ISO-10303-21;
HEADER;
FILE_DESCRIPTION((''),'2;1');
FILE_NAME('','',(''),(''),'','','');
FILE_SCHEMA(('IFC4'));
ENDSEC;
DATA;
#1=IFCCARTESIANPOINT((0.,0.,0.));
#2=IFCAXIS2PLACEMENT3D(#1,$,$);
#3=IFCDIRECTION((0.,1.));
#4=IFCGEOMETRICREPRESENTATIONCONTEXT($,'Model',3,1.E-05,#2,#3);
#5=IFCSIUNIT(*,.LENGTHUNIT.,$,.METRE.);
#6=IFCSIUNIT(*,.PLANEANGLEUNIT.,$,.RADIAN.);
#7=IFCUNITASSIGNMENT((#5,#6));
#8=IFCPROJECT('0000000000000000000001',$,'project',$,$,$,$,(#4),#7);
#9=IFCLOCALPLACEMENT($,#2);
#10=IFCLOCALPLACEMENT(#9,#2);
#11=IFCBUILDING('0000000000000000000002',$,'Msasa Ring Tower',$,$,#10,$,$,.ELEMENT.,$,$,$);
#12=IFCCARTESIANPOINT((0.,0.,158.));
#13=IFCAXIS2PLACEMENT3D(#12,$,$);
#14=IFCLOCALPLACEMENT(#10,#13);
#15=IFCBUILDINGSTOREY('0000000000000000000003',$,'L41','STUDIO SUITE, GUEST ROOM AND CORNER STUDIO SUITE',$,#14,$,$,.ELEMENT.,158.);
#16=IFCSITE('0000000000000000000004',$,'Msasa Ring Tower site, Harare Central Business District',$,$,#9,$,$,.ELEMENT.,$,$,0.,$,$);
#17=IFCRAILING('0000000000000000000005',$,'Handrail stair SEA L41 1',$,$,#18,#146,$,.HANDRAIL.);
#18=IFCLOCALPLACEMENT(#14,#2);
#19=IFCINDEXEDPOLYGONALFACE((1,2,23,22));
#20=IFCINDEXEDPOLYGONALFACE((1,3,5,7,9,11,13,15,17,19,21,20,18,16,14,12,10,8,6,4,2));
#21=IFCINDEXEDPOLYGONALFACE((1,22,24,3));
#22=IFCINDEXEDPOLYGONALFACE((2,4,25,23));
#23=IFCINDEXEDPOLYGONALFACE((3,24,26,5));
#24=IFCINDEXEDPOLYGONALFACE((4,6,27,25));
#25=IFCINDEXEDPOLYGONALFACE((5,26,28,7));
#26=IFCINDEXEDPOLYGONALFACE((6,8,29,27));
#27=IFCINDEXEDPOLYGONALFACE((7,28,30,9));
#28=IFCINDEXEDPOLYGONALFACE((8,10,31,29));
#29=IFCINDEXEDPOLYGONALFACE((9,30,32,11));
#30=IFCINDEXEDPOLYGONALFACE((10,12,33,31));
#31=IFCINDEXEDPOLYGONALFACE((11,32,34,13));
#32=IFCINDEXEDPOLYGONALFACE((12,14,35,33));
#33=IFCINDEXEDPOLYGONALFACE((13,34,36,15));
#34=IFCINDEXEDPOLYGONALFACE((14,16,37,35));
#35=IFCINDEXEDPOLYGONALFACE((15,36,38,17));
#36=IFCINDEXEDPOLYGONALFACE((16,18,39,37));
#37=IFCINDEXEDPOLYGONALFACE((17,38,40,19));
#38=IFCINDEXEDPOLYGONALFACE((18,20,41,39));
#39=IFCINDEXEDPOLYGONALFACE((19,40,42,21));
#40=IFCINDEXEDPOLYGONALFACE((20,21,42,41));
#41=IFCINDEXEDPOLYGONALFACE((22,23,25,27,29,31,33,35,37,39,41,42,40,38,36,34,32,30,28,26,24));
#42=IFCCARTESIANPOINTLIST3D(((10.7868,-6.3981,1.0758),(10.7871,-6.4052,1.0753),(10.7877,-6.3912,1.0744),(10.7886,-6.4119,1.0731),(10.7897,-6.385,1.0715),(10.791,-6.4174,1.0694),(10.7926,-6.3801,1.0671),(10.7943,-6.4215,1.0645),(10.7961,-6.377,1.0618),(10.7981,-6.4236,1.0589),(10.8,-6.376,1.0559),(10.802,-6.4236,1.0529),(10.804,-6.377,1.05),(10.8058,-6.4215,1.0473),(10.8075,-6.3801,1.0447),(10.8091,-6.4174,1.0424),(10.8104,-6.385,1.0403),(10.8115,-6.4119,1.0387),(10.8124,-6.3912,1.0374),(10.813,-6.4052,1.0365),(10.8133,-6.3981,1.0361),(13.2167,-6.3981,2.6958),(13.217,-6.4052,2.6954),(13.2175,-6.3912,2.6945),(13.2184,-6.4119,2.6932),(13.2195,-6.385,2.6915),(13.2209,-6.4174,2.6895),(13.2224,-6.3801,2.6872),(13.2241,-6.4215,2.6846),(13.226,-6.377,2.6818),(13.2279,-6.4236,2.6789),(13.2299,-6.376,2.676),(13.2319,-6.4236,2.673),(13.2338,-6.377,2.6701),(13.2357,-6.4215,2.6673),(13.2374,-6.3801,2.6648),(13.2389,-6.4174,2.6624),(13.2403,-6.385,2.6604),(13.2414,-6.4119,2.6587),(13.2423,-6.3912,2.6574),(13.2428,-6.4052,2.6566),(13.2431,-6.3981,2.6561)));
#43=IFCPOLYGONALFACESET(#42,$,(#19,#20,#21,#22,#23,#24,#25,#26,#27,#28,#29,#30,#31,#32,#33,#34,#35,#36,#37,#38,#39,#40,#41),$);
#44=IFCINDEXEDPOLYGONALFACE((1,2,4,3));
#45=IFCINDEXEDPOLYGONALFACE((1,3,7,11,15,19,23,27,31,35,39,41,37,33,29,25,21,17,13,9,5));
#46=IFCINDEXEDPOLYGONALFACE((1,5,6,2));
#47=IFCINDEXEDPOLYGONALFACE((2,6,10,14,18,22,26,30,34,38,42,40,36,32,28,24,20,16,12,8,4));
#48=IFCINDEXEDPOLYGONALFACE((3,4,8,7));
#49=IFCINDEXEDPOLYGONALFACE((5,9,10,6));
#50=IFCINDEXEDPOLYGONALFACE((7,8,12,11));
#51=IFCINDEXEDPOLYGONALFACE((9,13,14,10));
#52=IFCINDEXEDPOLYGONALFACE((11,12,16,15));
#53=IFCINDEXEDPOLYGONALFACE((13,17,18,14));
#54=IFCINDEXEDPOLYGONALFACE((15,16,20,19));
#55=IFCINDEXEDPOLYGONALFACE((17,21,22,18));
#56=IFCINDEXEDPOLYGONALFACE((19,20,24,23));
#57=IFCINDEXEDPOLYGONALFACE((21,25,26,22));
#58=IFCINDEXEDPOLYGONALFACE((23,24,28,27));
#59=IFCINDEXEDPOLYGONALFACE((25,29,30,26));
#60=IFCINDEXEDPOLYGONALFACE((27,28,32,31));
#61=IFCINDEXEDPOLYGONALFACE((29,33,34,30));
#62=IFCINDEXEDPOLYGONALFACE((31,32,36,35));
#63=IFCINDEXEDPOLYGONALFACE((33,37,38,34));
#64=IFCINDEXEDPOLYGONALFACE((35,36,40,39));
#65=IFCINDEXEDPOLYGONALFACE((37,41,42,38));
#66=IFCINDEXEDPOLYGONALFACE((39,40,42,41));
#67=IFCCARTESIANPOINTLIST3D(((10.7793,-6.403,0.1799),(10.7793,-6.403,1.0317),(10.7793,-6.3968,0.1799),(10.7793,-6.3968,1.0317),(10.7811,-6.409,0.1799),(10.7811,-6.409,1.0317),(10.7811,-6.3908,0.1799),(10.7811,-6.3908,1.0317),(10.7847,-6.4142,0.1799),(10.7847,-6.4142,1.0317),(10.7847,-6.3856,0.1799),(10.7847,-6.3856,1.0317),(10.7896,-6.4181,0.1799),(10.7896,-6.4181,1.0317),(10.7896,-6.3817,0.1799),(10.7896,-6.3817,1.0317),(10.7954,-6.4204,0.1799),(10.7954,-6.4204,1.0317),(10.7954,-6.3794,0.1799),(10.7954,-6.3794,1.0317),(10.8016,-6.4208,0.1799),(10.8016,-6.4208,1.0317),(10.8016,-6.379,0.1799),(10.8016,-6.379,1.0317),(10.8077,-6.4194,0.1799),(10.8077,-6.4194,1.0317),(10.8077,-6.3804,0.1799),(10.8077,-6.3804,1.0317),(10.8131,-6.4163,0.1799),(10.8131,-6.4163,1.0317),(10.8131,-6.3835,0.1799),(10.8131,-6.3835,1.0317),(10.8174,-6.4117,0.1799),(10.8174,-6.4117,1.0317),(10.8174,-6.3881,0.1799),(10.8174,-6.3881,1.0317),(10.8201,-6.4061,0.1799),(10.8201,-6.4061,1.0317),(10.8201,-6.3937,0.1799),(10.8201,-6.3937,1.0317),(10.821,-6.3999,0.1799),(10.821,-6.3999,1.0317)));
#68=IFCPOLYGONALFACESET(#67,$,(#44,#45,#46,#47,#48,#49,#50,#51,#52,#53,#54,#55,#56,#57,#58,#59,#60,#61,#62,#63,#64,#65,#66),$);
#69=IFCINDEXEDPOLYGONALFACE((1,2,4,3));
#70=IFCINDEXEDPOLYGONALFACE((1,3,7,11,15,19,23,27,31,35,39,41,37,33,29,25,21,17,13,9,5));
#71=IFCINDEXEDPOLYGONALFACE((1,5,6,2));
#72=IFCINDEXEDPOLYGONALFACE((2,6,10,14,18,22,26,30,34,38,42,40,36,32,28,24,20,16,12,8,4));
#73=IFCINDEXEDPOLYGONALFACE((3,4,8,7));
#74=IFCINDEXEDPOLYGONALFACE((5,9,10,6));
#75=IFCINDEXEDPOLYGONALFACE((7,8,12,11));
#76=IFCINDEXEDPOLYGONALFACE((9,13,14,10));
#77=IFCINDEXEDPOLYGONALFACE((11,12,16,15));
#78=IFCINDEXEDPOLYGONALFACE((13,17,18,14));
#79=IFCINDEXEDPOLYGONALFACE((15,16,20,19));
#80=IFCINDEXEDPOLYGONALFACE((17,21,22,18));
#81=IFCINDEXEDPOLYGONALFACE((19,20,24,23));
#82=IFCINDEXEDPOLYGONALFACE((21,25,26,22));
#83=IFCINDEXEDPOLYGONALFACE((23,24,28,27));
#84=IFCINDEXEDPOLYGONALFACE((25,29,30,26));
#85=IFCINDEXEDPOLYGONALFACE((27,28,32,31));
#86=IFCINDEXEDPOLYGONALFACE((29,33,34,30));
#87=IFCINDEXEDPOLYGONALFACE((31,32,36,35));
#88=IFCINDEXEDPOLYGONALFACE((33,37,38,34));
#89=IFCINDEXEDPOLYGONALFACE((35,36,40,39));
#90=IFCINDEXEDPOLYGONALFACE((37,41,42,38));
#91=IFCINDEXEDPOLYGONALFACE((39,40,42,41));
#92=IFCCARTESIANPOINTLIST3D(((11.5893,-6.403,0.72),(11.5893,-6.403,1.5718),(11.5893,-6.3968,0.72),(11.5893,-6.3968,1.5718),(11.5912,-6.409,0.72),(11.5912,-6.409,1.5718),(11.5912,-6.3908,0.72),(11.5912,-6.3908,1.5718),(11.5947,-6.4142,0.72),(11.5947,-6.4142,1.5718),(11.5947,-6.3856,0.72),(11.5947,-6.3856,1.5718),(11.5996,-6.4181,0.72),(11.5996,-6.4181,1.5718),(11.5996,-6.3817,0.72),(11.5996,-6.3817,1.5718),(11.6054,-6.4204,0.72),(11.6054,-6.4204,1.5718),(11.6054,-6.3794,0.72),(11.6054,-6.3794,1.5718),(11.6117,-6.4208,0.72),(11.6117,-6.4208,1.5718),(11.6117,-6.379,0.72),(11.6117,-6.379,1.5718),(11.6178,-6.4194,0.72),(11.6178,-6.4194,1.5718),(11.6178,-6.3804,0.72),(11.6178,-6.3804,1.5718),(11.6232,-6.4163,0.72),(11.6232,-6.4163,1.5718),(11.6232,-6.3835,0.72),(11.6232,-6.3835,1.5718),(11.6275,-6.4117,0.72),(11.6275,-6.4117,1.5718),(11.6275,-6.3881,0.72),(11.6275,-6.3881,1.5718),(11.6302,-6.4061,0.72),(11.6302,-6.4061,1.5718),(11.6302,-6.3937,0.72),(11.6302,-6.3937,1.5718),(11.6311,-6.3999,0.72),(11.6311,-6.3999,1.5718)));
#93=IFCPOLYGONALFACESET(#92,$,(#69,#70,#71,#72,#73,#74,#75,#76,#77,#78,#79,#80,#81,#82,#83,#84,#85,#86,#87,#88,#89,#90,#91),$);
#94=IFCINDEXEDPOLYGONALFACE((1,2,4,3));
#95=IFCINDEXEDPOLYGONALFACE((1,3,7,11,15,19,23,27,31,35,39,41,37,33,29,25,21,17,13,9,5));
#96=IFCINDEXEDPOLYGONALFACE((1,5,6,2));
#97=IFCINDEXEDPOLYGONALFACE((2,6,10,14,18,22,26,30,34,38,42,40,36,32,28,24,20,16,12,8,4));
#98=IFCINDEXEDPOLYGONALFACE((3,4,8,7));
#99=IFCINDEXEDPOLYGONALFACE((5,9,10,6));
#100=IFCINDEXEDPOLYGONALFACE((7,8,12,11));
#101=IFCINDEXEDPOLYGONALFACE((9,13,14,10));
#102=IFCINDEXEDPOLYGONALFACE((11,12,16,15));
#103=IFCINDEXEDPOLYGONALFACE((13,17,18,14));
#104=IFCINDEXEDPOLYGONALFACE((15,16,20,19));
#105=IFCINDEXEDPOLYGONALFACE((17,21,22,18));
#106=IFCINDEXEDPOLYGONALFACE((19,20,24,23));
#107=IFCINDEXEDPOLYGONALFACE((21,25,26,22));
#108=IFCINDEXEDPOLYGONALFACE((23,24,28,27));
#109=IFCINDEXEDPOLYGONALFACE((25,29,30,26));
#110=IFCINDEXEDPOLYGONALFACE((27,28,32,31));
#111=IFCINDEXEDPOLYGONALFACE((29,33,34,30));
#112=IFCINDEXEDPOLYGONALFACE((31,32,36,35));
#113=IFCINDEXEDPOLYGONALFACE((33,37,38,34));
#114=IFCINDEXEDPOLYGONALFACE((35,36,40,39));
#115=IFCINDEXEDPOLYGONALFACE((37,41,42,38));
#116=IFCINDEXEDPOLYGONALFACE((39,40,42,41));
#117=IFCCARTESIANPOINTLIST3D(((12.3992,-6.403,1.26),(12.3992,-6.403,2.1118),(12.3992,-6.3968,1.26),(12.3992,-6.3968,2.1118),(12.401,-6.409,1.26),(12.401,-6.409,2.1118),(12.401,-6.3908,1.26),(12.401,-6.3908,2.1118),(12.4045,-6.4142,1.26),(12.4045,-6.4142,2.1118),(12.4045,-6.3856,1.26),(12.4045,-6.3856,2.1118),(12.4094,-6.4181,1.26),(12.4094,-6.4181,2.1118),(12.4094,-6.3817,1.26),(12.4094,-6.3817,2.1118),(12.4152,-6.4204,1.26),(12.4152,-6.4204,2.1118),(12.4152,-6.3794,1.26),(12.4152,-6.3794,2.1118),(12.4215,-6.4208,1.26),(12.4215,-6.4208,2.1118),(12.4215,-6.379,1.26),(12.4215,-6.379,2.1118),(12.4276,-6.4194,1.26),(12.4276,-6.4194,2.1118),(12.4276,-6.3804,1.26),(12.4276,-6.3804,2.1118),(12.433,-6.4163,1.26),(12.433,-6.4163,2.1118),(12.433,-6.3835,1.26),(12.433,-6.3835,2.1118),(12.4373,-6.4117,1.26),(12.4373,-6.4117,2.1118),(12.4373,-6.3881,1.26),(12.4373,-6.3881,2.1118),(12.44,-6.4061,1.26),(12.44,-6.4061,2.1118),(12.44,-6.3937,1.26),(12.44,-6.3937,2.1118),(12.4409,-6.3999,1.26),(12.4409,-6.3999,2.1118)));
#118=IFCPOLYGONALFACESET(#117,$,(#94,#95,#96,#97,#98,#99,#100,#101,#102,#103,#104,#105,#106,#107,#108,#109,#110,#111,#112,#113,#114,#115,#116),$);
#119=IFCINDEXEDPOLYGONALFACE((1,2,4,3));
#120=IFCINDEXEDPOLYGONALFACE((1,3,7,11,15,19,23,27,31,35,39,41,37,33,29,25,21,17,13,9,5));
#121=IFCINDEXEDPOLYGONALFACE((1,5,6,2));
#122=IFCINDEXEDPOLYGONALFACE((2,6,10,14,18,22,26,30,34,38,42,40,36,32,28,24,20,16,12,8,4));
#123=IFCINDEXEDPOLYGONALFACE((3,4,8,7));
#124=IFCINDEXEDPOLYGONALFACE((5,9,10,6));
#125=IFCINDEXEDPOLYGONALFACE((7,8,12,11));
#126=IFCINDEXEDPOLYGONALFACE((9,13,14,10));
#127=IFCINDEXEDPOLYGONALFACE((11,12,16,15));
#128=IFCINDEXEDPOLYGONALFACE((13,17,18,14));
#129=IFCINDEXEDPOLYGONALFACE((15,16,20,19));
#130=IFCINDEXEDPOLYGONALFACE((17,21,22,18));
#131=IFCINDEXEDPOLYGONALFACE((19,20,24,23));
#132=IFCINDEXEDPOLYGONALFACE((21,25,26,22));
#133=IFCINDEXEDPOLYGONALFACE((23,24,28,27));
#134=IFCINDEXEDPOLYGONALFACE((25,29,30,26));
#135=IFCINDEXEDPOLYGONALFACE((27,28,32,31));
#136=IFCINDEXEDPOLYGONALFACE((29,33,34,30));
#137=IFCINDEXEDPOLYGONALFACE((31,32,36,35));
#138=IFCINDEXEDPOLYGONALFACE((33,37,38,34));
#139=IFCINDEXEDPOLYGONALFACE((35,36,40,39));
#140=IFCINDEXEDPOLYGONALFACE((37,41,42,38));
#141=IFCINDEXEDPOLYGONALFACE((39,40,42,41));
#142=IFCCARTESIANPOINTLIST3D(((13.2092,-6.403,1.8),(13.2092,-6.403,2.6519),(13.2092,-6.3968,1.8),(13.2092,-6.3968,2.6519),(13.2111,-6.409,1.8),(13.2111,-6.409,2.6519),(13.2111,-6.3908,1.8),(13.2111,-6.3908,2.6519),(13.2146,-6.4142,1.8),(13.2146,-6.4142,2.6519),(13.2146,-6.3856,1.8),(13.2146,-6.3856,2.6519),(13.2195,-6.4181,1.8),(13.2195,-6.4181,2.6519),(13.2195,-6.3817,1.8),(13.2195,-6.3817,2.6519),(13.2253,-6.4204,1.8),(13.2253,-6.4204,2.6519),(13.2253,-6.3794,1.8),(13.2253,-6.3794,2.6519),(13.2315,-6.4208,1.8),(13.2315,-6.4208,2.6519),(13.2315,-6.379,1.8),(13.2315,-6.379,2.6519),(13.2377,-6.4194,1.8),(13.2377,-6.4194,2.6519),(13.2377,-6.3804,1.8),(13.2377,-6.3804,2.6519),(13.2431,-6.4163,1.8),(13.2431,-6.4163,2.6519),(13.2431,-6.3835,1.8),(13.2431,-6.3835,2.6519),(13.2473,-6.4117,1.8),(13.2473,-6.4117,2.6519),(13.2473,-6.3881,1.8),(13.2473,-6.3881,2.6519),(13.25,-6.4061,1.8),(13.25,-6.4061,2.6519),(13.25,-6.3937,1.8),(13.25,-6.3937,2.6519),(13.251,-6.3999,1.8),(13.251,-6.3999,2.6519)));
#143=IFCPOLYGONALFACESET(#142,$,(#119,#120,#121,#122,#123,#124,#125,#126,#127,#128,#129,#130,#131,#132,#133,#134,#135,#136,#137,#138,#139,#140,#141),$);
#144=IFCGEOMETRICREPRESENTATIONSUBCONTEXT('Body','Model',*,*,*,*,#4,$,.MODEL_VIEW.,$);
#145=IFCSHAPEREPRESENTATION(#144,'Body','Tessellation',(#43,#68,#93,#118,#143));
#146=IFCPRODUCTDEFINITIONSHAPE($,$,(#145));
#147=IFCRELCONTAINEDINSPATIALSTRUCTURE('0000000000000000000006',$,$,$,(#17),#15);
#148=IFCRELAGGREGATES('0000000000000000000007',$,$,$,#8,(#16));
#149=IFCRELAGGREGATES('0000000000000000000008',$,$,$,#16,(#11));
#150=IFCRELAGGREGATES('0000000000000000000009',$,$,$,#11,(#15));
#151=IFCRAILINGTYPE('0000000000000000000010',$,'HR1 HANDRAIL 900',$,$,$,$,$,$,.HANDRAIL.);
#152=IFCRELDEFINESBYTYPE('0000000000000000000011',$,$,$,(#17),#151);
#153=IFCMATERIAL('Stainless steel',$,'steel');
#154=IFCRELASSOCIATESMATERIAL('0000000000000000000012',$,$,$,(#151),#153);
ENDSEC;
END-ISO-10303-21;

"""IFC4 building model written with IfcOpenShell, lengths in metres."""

from ifc_helpers import new_model, si_unit, direction, frame, origin, origin_2d, place, context, subcontext, project, spatial, circle, extrude, material, type_object, element, save


model = new_model("IFC4")

# Units and contexts
model_context = context("Model", 3, precision=1e-05, world=origin(), true_north=direction((0.0, 1.0)))
body_context = subcontext(model_context, "Body", "Model", "MODEL_VIEW")
ifc_project = project(units=[si_unit("LENGTHUNIT", "METRE"), si_unit("PLANEANGLEUNIT", "RADIAN")], contexts=[model_context])

# Site, building, storey
site_placement = place(None, origin())
site = spatial("IfcSite", under=ifc_project, at=site_placement, Name="Msasa Ring Tower site, Harare Central Business District", CompositionType="ELEMENT", RefElevation=0.0)
building_placement = place(site_placement, origin())
building = spatial("IfcBuilding", under=site, at=building_placement, Name="Msasa Ring Tower", CompositionType="ELEMENT")
storey_placement = place(building_placement, frame((0.0, 0.0, 158.0)))
storey = spatial("IfcBuildingStorey", under=building, at=storey_placement, Name="L41", Description="STUDIO SUITE, GUEST ROOM AND CORNER STUDIO SUITE", CompositionType="ELEMENT", Elevation=158.0)

# Railing
ifc_material_1 = material(Name="Stainless steel", Category="steel")
railing_type = type_object("IfcRailingType", Name="HR1 HANDRAIL 900", PredefinedType="HANDRAIL", material=ifc_material_1)
for number, where, name in (
    (1, (10.8, -6.3999, 0.1799), "Handrail stair SEA L41 1"),
):
    element("IfcRailing", number, at=place(storey_placement, frame(where)), inside=storey, type_object=railing_type, Name=name, PredefinedType="HANDRAIL", context=body_context, shape_type="SweptSolid", body=[
        extrude(circle(Radius=0.0239, at=origin_2d()), frame((0.0, 0.0, 0.876), z_axis=(0.832025, 0.0, 0.554739), x_axis=(0.0, 1.0, 0.0)), (0.0, 0.0, 1.0), 2.9204),
        extrude(circle(Radius=0.021, at=origin_2d()), origin(), (0.0, 0.0, 1.0), 0.8518),
        extrude(circle(Radius=0.021, at=origin_2d()), frame((0.8101, 0.0, 0.54)), (0.0, 0.0, 1.0), 0.8518),
        extrude(circle(Radius=0.021, at=origin_2d()), frame((1.6199, 0.0, 1.0801)), (0.0, 0.0, 1.0), 0.8518),
        extrude(circle(Radius=0.021, at=origin_2d()), frame((2.4299, 0.0, 1.6201)), (0.0, 0.0, 1.0), 0.8518),
    ])

save(model, "model.ifc")
